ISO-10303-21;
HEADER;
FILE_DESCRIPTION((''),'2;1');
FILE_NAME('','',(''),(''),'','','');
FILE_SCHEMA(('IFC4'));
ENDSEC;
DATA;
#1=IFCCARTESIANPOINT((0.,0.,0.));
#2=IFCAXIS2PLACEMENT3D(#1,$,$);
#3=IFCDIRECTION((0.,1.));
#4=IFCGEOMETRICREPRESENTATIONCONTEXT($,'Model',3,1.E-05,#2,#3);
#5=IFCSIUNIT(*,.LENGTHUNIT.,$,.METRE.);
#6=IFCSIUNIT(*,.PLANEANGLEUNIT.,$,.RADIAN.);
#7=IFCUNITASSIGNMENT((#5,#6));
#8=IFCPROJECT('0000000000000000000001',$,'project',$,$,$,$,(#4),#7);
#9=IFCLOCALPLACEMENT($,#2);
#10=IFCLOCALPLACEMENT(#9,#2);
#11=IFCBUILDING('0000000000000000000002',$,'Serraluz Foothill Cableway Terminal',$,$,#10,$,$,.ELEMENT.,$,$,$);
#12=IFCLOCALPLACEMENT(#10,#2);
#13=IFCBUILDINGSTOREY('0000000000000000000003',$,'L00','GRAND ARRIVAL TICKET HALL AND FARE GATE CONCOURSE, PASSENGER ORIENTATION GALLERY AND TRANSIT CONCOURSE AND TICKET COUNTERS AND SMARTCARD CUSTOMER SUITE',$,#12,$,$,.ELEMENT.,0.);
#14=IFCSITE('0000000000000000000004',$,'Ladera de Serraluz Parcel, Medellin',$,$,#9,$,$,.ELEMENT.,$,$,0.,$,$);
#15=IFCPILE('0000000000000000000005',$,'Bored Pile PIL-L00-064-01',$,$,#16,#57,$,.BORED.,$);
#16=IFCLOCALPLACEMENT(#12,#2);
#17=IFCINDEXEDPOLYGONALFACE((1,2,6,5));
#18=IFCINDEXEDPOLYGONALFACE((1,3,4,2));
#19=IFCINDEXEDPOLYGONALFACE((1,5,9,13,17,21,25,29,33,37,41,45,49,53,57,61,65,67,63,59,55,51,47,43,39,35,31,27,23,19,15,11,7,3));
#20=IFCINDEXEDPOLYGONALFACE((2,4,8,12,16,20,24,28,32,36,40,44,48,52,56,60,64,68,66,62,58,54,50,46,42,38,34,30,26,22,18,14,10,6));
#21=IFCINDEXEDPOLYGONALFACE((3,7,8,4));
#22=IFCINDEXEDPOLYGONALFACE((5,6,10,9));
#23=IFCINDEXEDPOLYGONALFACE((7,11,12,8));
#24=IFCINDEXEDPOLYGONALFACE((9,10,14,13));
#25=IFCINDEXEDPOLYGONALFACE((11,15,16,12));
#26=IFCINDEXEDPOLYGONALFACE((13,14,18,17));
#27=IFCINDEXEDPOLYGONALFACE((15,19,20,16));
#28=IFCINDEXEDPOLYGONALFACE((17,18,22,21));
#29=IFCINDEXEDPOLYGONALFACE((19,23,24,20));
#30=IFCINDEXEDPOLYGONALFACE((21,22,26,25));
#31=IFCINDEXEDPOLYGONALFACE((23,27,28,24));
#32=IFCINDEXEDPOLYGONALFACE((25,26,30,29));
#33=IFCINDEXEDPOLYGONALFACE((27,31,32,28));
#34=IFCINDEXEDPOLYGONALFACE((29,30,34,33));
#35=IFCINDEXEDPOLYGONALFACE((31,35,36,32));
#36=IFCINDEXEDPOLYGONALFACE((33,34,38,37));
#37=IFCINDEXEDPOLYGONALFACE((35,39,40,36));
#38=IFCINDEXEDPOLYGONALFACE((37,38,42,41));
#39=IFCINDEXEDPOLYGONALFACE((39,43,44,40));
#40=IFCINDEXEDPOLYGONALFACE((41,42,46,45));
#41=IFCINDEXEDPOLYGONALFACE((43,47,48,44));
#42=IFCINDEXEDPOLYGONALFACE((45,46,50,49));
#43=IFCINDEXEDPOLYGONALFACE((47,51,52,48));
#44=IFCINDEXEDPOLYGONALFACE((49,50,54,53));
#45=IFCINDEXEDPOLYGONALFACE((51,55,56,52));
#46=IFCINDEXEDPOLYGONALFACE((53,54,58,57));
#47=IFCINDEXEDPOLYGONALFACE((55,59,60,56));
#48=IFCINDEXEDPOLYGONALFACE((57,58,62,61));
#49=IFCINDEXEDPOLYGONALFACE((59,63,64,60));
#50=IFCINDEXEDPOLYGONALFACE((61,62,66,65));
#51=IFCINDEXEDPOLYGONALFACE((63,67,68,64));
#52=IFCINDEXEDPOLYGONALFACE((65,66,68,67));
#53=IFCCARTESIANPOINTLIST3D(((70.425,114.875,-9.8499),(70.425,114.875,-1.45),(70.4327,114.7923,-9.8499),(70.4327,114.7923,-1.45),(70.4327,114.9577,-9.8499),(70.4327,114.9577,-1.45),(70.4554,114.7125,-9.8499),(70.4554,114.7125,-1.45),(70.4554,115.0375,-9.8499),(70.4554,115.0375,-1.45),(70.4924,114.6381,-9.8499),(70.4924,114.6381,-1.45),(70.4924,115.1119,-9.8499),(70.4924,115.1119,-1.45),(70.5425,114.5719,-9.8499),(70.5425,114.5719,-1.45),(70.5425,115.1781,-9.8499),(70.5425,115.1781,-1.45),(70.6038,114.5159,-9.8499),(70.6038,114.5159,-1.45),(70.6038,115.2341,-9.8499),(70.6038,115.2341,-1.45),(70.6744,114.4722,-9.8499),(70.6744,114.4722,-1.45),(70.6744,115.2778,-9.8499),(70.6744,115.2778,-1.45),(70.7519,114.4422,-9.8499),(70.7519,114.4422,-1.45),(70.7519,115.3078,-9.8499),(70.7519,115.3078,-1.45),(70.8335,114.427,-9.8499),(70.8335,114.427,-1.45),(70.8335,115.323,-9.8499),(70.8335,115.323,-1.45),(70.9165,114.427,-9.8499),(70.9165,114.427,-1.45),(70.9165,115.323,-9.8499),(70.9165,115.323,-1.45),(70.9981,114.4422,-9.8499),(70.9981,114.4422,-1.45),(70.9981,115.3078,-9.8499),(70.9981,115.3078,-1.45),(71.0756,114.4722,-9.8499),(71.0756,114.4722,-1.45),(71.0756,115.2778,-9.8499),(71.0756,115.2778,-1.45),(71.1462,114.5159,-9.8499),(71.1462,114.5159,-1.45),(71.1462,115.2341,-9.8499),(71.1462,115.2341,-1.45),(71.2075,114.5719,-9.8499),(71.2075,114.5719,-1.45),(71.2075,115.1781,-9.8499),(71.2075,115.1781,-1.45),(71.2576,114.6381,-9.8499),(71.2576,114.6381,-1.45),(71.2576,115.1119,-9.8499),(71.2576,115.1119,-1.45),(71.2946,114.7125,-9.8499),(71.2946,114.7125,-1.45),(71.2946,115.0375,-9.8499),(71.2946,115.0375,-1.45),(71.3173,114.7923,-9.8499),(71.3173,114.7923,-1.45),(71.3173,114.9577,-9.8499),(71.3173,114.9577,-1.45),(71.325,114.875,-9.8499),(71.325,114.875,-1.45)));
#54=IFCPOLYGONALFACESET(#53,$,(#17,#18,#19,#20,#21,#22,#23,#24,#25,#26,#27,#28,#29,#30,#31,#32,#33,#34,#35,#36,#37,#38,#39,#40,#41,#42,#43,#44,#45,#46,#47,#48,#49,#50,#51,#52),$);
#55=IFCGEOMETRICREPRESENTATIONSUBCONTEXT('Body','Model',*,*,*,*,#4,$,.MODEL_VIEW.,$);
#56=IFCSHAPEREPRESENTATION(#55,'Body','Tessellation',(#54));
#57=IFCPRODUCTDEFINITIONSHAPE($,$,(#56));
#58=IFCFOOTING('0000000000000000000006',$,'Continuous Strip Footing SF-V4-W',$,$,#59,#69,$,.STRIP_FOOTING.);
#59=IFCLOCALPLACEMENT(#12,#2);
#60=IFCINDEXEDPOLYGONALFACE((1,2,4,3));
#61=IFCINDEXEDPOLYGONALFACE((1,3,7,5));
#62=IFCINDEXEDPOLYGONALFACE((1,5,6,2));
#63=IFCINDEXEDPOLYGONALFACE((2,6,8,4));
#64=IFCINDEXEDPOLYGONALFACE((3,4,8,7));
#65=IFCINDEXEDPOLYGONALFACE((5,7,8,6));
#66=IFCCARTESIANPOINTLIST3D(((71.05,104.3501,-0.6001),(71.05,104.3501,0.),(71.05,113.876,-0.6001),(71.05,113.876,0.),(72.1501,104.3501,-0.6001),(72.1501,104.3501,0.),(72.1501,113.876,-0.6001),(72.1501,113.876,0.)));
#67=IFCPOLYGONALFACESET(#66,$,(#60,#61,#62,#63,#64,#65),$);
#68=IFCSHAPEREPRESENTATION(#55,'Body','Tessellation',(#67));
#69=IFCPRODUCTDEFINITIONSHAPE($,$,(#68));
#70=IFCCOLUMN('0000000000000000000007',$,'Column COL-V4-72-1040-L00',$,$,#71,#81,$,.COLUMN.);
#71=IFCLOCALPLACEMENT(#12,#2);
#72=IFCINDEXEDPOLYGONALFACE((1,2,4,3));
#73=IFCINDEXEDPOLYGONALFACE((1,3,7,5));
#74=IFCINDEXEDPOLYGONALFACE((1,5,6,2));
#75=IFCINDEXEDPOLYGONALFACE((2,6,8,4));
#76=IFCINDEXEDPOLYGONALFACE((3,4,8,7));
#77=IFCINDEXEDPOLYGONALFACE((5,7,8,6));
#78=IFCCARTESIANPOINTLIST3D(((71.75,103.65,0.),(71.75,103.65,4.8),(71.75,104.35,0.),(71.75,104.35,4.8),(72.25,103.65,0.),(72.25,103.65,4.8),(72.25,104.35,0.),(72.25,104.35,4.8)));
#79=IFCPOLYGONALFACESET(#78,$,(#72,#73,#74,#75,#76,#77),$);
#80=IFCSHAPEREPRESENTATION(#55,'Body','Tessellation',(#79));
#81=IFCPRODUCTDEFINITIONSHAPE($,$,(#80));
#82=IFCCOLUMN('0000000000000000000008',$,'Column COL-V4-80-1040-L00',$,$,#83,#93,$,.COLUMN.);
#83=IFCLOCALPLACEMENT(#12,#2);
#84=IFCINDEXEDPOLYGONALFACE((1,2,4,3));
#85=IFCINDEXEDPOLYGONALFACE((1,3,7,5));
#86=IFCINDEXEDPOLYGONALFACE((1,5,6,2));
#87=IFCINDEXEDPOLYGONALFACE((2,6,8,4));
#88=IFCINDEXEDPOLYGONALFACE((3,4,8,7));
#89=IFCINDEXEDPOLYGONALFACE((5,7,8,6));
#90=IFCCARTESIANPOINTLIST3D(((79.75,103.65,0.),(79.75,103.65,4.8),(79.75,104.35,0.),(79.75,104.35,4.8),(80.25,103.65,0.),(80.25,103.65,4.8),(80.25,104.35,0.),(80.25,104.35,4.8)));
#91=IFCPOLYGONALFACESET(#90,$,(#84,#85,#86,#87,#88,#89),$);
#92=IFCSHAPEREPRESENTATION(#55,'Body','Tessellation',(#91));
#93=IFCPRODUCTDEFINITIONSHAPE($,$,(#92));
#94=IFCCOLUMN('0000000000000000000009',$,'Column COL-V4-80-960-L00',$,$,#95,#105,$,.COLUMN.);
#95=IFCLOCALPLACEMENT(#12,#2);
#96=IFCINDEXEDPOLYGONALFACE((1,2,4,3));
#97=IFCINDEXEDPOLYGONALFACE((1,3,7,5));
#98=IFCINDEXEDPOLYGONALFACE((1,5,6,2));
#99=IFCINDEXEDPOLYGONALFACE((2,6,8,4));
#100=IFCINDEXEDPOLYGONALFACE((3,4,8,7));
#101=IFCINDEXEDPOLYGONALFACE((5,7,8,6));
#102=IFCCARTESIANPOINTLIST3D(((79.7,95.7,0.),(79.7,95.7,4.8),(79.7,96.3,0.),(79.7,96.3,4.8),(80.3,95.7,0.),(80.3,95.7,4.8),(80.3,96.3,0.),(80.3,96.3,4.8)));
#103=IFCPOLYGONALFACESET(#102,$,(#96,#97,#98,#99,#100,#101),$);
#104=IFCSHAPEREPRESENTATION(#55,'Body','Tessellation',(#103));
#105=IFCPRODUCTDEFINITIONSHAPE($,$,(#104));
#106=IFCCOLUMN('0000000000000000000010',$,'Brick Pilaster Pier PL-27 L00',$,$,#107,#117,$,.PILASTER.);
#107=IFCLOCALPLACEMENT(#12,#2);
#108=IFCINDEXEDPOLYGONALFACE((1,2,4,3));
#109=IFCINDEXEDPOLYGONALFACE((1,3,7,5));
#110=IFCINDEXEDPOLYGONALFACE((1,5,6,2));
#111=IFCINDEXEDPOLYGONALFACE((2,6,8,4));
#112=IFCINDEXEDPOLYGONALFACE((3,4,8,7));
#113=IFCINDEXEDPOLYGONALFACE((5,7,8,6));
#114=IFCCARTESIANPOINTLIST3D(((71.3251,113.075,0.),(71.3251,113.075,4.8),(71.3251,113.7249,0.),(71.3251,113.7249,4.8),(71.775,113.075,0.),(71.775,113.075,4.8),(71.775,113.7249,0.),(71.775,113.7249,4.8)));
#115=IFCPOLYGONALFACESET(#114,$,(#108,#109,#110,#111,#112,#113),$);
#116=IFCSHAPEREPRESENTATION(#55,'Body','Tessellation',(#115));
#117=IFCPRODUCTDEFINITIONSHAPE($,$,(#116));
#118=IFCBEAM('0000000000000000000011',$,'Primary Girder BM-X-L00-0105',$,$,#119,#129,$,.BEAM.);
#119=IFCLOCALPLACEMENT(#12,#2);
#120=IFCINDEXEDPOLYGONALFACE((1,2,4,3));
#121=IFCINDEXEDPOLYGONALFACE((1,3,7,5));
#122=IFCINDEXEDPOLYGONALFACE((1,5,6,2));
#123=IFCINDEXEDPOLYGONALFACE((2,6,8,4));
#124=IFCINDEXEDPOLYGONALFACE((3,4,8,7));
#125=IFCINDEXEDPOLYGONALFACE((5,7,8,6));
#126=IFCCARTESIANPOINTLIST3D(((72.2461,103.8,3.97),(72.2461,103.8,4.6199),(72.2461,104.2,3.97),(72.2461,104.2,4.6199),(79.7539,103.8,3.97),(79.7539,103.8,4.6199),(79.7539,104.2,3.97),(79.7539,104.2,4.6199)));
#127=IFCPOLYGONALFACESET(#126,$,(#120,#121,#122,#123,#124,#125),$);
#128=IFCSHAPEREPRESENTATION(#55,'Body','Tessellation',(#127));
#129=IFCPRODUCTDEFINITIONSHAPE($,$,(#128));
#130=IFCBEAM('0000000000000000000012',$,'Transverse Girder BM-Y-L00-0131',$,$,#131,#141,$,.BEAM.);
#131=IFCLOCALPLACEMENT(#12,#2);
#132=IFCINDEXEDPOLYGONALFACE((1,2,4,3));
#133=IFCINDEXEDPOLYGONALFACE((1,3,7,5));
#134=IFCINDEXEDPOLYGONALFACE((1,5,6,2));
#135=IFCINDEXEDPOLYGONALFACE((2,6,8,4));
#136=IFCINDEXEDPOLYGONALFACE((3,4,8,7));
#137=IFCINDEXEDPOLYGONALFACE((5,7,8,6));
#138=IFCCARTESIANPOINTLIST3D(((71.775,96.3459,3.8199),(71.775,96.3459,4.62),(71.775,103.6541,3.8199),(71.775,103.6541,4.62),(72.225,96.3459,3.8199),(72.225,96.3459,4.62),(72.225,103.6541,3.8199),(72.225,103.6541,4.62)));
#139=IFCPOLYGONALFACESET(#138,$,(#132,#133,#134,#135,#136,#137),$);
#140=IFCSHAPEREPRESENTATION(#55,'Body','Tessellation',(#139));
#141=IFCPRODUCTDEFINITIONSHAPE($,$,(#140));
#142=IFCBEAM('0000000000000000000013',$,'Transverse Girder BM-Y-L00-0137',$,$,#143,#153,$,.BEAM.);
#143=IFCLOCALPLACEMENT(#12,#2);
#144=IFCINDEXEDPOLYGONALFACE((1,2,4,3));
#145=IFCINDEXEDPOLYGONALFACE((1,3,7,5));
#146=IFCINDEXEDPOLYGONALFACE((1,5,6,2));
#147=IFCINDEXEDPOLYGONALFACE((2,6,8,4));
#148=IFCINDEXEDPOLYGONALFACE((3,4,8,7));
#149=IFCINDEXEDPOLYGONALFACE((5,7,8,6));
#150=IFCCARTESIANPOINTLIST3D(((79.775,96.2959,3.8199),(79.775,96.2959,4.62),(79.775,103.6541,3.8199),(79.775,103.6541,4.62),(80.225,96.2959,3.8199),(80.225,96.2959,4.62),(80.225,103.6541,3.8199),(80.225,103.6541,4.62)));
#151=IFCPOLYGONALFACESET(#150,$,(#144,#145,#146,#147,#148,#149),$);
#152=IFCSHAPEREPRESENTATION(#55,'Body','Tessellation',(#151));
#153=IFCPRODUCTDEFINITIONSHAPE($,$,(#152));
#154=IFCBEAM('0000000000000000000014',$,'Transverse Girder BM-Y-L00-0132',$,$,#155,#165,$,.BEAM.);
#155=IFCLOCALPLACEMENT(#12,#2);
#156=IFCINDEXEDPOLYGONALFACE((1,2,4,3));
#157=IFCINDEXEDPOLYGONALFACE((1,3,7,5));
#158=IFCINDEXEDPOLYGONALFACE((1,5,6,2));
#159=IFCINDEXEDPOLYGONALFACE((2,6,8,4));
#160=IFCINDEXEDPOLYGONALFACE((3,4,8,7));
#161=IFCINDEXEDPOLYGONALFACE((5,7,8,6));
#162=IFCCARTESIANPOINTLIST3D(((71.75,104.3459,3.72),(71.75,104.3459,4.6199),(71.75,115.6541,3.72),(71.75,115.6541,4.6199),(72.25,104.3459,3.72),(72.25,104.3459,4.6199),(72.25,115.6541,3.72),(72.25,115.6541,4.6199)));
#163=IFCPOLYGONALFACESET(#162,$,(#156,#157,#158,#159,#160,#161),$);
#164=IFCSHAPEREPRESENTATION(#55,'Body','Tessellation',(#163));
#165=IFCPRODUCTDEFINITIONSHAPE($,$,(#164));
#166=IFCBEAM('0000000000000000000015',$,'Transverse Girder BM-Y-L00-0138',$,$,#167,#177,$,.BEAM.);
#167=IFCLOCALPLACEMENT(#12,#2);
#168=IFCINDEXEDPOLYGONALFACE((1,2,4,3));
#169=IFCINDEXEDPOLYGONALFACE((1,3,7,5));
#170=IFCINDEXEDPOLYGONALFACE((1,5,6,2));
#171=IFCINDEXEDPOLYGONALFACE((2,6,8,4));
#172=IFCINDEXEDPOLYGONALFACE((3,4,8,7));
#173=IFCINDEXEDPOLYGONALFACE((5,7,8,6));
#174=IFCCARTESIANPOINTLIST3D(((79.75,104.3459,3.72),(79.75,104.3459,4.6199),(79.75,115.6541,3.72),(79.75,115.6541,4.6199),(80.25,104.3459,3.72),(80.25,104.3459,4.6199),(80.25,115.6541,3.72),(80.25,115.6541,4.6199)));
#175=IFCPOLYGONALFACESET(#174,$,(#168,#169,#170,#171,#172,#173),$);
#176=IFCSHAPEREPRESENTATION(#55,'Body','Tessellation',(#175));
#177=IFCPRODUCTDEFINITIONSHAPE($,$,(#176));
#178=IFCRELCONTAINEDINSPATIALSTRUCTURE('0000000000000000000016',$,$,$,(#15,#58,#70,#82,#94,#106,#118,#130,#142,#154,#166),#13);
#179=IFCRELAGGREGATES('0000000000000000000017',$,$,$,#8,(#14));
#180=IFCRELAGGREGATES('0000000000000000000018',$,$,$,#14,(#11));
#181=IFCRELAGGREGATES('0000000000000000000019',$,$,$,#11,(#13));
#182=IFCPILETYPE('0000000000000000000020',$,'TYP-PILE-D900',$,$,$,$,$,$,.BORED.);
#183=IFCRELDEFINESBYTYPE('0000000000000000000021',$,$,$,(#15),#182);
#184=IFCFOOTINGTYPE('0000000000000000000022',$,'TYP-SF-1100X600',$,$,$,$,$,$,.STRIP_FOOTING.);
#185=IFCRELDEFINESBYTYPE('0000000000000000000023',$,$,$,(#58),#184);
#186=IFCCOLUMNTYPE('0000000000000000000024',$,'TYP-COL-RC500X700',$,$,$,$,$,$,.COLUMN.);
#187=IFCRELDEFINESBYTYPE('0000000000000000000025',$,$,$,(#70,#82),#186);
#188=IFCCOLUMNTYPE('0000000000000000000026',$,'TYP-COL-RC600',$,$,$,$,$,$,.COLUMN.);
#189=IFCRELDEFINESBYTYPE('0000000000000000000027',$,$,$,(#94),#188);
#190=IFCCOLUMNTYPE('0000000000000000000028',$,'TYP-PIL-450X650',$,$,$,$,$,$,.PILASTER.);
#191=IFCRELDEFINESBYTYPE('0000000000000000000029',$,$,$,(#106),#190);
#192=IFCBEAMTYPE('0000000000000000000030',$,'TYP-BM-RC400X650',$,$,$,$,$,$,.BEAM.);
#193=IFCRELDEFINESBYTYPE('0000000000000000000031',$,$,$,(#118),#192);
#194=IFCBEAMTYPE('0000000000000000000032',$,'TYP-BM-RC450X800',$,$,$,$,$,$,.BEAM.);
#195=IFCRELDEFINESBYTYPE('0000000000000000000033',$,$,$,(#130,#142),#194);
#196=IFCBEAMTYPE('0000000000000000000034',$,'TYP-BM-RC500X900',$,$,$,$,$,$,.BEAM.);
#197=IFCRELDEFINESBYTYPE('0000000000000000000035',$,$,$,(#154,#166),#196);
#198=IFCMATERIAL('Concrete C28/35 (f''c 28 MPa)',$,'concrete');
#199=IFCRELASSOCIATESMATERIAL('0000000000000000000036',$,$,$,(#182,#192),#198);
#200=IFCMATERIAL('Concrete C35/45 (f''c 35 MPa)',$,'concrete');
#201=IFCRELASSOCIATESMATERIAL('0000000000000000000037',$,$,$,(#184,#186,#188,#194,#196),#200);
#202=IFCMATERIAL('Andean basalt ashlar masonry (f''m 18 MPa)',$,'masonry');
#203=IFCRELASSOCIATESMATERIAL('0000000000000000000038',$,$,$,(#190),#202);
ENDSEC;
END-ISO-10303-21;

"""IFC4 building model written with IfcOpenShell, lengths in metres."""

from ifc_helpers import new_model, si_unit, direction, frame, origin, origin_2d, place, context, subcontext, project, spatial, rectangle, circle, extrude, material, material_profile, profile_set, type_object, element, save


model = new_model("IFC4")

# Units and contexts
model_context = context("Model", 3, precision=1e-05, world=origin(), true_north=direction((0.0, 1.0)))
body_context = subcontext(model_context, "Body", "Model", "MODEL_VIEW")
ifc_project = project(units=[si_unit("LENGTHUNIT", "METRE"), si_unit("PLANEANGLEUNIT", "RADIAN")], contexts=[model_context])

# Site, building, storey
site_placement = place(None, origin())
site = spatial("IfcSite", under=ifc_project, at=site_placement, Name="Ladera de Serraluz Parcel, Medellin", CompositionType="ELEMENT", RefElevation=0.0)
building_placement = place(site_placement, origin())
building = spatial("IfcBuilding", under=site, at=building_placement, Name="Serraluz Foothill Cableway Terminal", CompositionType="ELEMENT")
storey_placement = place(building_placement, origin())
storey = spatial("IfcBuildingStorey", under=building, at=storey_placement, Name="L00", Description="GRAND ARRIVAL TICKET HALL AND FARE GATE CONCOURSE, PASSENGER ORIENTATION GALLERY AND TRANSIT CONCOURSE AND TICKET COUNTERS AND SMARTCARD CUSTOMER SUITE", CompositionType="ELEMENT", Elevation=0.0)

# Pile
ifc_material_1 = material(Name="Concrete C28/35 (f'c 28 MPa)", Category="concrete")
ifc_material_profile_1 = material_profile(ifc_material_1, circle(Radius=0.45, at=origin_2d()), Name="BORED PILE D900")
ifc_profile_set_1 = profile_set([ifc_material_profile_1], Name="Concrete C28/35 (f'c 28 MPa)")
pile_type = type_object("IfcPileType", Name="TYP-PILE-D900", PredefinedType="BORED", material=ifc_profile_set_1)
pile_placement = place(storey_placement, frame((70.875, 114.875, -1.45), z_axis=(0.0, 0.0, -1.0), x_axis=(1.0, 0.0, 0.0)))
element("IfcPile", 1, at=pile_placement, inside=storey, type_object=pile_type, Name="Bored Pile PIL-L00-064-01", PredefinedType="BORED", context=body_context, shape_type="SweptSolid", body=[
    extrude(circle(Radius=0.45, at=origin_2d()), origin(), (0.0, 0.0, 1.0), 8.3999),
])

# Footing
ifc_material_2 = material(Name="Concrete C35/45 (f'c 35 MPa)", Category="concrete")
ifc_material_profile_2 = material_profile(ifc_material_2, rectangle(XDim=1.1001, YDim=0.6001, at=origin_2d()), Name="SF 1100x600")
ifc_profile_set_2 = profile_set([ifc_material_profile_2], Name="Concrete C35/45 (f'c 35 MPa)")
footing_type = type_object("IfcFootingType", Name="TYP-SF-1100X600", PredefinedType="STRIP_FOOTING", material=ifc_profile_set_2)
footing_placement = place(storey_placement, frame((71.6001, 104.3501, -0.3), z_axis=(0.0, 1.0, 0.0), x_axis=(-1.0, 0.0, 0.0)))
element("IfcFooting", 2, at=footing_placement, inside=storey, type_object=footing_type, Name="Continuous Strip Footing SF-V4-W", PredefinedType="STRIP_FOOTING", context=body_context, shape_type="SweptSolid", body=[
    extrude(rectangle(XDim=1.1001, YDim=0.6001, at=origin_2d()), origin(), (0.0, 0.0, 1.0), 9.5259),
])

# Columns
ifc_material_profile_3 = material_profile(ifc_material_2, rectangle(XDim=0.5, YDim=0.7, at=origin_2d()), Name="RC 500x700")
ifc_profile_set_3 = profile_set([ifc_material_profile_3], Name="Concrete C35/45 (f'c 35 MPa)")
column_type_1 = type_object("IfcColumnType", Name="TYP-COL-RC500X700", PredefinedType="COLUMN", material=ifc_profile_set_3)
for number, where, z_axis, x_axis, name in (
    (3, (72.0, 104.0, 0.0), (0.0, 0.0, 1.0), (1.0, 0.0, 0.0), "Column COL-V4-72-1040-L00"),
    (4, (80.0, 104.0, 0.0), (0.0, 0.0, 1.0), (1.0, 0.0, 0.0), "Column COL-V4-80-1040-L00"),
):
    element("IfcColumn", number, at=place(storey_placement, frame(where, z_axis=z_axis, x_axis=x_axis)), inside=storey, type_object=column_type_1, Name=name, PredefinedType="COLUMN", context=body_context, shape_type="SweptSolid", body=[
        extrude(rectangle(XDim=0.5, YDim=0.7, at=origin_2d()), origin(), (0.0, 0.0, 1.0), 4.8),
    ])
ifc_material_profile_4 = material_profile(ifc_material_2, rectangle(XDim=0.6001, YDim=0.6001, at=origin_2d()), Name="RC 600x600")
ifc_profile_set_4 = profile_set([ifc_material_profile_4], Name="Concrete C35/45 (f'c 35 MPa)")
column_type_2 = type_object("IfcColumnType", Name="TYP-COL-RC600", PredefinedType="COLUMN", material=ifc_profile_set_4)
column_1_placement = place(storey_placement, frame((80.0, 96.0, 0.0), z_axis=(0.0, 0.0, 1.0), x_axis=(1.0, 0.0, 0.0)))
element("IfcColumn", 5, at=column_1_placement, inside=storey, type_object=column_type_2, Name="Column COL-V4-80-960-L00", PredefinedType="COLUMN", context=body_context, shape_type="SweptSolid", body=[
    extrude(rectangle(XDim=0.6001, YDim=0.6001, at=origin_2d()), origin(), (0.0, 0.0, 1.0), 4.8),
])
ifc_material_3 = material(Name="Andean basalt ashlar masonry (f'm 18 MPa)", Category="masonry")
ifc_material_profile_5 = material_profile(ifc_material_3, rectangle(XDim=0.45, YDim=0.6499, at=origin_2d()), Name="PIL 450x650")
ifc_profile_set_5 = profile_set([ifc_material_profile_5], Name="Andean basalt ashlar masonry (f'm 18 MPa)")
column_type_3 = type_object("IfcColumnType", Name="TYP-PIL-450X650", PredefinedType="PILASTER", material=ifc_profile_set_5)
column_2_placement = place(storey_placement, frame((71.55, 113.3999, 0.0), z_axis=(0.0, 0.0, 1.0), x_axis=(1.0, 0.0, 0.0)))
element("IfcColumn", 6, at=column_2_placement, inside=storey, type_object=column_type_3, Name="Brick Pilaster Pier PL-27 L00", PredefinedType="PILASTER", context=body_context, shape_type="SweptSolid", body=[
    extrude(rectangle(XDim=0.45, YDim=0.6499, at=origin_2d()), origin(), (0.0, 0.0, 1.0), 4.8),
])

# Beams
ifc_material_profile_6 = material_profile(ifc_material_1, rectangle(XDim=0.3999, YDim=0.6499, at=origin_2d()), Name="RC 400x650")
ifc_profile_set_6 = profile_set([ifc_material_profile_6], Name="Concrete C28/35 (f'c 28 MPa)")
beam_type_1 = type_object("IfcBeamType", Name="TYP-BM-RC400X650", PredefinedType="BEAM", material=ifc_profile_set_6)
beam_1_placement = place(storey_placement, frame((72.2461, 104.0, 4.2949), z_axis=(1.0, 0.0, 0.0), x_axis=(0.0, 1.0, 0.0)))
element("IfcBeam", 7, at=beam_1_placement, inside=storey, type_object=beam_type_1, Name="Primary Girder BM-X-L00-0105", PredefinedType="BEAM", context=body_context, shape_type="SweptSolid", body=[
    extrude(rectangle(XDim=0.3999, YDim=0.6499, at=origin_2d()), origin(), (0.0, 0.0, 1.0), 7.5078),
])
ifc_material_profile_7 = material_profile(ifc_material_2, rectangle(XDim=0.45, YDim=0.8, at=origin_2d()), Name="RC 450x800")
ifc_profile_set_7 = profile_set([ifc_material_profile_7], Name="Concrete C35/45 (f'c 35 MPa)")
beam_type_2 = type_object("IfcBeamType", Name="TYP-BM-RC450X800", PredefinedType="BEAM", material=ifc_profile_set_7)
beam_2_placement = place(storey_placement, frame((72.0, 96.3459, 4.22), z_axis=(0.0, 1.0, 0.0), x_axis=(-1.0, 0.0, 0.0)))
element("IfcBeam", 8, at=beam_2_placement, inside=storey, type_object=beam_type_2, Name="Transverse Girder BM-Y-L00-0131", PredefinedType="BEAM", context=body_context, shape_type="SweptSolid", body=[
    extrude(rectangle(XDim=0.45, YDim=0.8, at=origin_2d()), origin(), (0.0, 0.0, 1.0), 7.3081),
])
beam_3_placement = place(storey_placement, frame((80.0, 96.2959, 4.22), z_axis=(0.0, 1.0, 0.0), x_axis=(-1.0, 0.0, 0.0)))
element("IfcBeam", 9, at=beam_3_placement, inside=storey, type_object=beam_type_2, Name="Transverse Girder BM-Y-L00-0137", PredefinedType="BEAM", context=body_context, shape_type="SweptSolid", body=[
    extrude(rectangle(XDim=0.45, YDim=0.8, at=origin_2d()), origin(), (0.0, 0.0, 1.0), 7.3582),
])
ifc_material_profile_8 = material_profile(ifc_material_2, rectangle(XDim=0.5, YDim=0.8999, at=origin_2d()), Name="RC 500x900")
ifc_profile_set_8 = profile_set([ifc_material_profile_8], Name="Concrete C35/45 (f'c 35 MPa)")
beam_type_3 = type_object("IfcBeamType", Name="TYP-BM-RC500X900", PredefinedType="BEAM", material=ifc_profile_set_8)
for number, where, z_axis, x_axis, name in (
    (10, (72.0, 104.3459, 4.1699), (0.0, 1.0, 0.0), (-1.0, 0.0, 0.0), "Transverse Girder BM-Y-L00-0132"),
    (11, (80.0, 104.3459, 4.1699), (0.0, 1.0, 0.0), (-1.0, 0.0, 0.0), "Transverse Girder BM-Y-L00-0138"),
):
    element("IfcBeam", number, at=place(storey_placement, frame(where, z_axis=z_axis, x_axis=x_axis)), inside=storey, type_object=beam_type_3, Name=name, PredefinedType="BEAM", context=body_context, shape_type="SweptSolid", body=[
        extrude(rectangle(XDim=0.5, YDim=0.8999, at=origin_2d()), origin(), (0.0, 0.0, 1.0), 11.3081),
    ])

save(model, "model.ifc")
